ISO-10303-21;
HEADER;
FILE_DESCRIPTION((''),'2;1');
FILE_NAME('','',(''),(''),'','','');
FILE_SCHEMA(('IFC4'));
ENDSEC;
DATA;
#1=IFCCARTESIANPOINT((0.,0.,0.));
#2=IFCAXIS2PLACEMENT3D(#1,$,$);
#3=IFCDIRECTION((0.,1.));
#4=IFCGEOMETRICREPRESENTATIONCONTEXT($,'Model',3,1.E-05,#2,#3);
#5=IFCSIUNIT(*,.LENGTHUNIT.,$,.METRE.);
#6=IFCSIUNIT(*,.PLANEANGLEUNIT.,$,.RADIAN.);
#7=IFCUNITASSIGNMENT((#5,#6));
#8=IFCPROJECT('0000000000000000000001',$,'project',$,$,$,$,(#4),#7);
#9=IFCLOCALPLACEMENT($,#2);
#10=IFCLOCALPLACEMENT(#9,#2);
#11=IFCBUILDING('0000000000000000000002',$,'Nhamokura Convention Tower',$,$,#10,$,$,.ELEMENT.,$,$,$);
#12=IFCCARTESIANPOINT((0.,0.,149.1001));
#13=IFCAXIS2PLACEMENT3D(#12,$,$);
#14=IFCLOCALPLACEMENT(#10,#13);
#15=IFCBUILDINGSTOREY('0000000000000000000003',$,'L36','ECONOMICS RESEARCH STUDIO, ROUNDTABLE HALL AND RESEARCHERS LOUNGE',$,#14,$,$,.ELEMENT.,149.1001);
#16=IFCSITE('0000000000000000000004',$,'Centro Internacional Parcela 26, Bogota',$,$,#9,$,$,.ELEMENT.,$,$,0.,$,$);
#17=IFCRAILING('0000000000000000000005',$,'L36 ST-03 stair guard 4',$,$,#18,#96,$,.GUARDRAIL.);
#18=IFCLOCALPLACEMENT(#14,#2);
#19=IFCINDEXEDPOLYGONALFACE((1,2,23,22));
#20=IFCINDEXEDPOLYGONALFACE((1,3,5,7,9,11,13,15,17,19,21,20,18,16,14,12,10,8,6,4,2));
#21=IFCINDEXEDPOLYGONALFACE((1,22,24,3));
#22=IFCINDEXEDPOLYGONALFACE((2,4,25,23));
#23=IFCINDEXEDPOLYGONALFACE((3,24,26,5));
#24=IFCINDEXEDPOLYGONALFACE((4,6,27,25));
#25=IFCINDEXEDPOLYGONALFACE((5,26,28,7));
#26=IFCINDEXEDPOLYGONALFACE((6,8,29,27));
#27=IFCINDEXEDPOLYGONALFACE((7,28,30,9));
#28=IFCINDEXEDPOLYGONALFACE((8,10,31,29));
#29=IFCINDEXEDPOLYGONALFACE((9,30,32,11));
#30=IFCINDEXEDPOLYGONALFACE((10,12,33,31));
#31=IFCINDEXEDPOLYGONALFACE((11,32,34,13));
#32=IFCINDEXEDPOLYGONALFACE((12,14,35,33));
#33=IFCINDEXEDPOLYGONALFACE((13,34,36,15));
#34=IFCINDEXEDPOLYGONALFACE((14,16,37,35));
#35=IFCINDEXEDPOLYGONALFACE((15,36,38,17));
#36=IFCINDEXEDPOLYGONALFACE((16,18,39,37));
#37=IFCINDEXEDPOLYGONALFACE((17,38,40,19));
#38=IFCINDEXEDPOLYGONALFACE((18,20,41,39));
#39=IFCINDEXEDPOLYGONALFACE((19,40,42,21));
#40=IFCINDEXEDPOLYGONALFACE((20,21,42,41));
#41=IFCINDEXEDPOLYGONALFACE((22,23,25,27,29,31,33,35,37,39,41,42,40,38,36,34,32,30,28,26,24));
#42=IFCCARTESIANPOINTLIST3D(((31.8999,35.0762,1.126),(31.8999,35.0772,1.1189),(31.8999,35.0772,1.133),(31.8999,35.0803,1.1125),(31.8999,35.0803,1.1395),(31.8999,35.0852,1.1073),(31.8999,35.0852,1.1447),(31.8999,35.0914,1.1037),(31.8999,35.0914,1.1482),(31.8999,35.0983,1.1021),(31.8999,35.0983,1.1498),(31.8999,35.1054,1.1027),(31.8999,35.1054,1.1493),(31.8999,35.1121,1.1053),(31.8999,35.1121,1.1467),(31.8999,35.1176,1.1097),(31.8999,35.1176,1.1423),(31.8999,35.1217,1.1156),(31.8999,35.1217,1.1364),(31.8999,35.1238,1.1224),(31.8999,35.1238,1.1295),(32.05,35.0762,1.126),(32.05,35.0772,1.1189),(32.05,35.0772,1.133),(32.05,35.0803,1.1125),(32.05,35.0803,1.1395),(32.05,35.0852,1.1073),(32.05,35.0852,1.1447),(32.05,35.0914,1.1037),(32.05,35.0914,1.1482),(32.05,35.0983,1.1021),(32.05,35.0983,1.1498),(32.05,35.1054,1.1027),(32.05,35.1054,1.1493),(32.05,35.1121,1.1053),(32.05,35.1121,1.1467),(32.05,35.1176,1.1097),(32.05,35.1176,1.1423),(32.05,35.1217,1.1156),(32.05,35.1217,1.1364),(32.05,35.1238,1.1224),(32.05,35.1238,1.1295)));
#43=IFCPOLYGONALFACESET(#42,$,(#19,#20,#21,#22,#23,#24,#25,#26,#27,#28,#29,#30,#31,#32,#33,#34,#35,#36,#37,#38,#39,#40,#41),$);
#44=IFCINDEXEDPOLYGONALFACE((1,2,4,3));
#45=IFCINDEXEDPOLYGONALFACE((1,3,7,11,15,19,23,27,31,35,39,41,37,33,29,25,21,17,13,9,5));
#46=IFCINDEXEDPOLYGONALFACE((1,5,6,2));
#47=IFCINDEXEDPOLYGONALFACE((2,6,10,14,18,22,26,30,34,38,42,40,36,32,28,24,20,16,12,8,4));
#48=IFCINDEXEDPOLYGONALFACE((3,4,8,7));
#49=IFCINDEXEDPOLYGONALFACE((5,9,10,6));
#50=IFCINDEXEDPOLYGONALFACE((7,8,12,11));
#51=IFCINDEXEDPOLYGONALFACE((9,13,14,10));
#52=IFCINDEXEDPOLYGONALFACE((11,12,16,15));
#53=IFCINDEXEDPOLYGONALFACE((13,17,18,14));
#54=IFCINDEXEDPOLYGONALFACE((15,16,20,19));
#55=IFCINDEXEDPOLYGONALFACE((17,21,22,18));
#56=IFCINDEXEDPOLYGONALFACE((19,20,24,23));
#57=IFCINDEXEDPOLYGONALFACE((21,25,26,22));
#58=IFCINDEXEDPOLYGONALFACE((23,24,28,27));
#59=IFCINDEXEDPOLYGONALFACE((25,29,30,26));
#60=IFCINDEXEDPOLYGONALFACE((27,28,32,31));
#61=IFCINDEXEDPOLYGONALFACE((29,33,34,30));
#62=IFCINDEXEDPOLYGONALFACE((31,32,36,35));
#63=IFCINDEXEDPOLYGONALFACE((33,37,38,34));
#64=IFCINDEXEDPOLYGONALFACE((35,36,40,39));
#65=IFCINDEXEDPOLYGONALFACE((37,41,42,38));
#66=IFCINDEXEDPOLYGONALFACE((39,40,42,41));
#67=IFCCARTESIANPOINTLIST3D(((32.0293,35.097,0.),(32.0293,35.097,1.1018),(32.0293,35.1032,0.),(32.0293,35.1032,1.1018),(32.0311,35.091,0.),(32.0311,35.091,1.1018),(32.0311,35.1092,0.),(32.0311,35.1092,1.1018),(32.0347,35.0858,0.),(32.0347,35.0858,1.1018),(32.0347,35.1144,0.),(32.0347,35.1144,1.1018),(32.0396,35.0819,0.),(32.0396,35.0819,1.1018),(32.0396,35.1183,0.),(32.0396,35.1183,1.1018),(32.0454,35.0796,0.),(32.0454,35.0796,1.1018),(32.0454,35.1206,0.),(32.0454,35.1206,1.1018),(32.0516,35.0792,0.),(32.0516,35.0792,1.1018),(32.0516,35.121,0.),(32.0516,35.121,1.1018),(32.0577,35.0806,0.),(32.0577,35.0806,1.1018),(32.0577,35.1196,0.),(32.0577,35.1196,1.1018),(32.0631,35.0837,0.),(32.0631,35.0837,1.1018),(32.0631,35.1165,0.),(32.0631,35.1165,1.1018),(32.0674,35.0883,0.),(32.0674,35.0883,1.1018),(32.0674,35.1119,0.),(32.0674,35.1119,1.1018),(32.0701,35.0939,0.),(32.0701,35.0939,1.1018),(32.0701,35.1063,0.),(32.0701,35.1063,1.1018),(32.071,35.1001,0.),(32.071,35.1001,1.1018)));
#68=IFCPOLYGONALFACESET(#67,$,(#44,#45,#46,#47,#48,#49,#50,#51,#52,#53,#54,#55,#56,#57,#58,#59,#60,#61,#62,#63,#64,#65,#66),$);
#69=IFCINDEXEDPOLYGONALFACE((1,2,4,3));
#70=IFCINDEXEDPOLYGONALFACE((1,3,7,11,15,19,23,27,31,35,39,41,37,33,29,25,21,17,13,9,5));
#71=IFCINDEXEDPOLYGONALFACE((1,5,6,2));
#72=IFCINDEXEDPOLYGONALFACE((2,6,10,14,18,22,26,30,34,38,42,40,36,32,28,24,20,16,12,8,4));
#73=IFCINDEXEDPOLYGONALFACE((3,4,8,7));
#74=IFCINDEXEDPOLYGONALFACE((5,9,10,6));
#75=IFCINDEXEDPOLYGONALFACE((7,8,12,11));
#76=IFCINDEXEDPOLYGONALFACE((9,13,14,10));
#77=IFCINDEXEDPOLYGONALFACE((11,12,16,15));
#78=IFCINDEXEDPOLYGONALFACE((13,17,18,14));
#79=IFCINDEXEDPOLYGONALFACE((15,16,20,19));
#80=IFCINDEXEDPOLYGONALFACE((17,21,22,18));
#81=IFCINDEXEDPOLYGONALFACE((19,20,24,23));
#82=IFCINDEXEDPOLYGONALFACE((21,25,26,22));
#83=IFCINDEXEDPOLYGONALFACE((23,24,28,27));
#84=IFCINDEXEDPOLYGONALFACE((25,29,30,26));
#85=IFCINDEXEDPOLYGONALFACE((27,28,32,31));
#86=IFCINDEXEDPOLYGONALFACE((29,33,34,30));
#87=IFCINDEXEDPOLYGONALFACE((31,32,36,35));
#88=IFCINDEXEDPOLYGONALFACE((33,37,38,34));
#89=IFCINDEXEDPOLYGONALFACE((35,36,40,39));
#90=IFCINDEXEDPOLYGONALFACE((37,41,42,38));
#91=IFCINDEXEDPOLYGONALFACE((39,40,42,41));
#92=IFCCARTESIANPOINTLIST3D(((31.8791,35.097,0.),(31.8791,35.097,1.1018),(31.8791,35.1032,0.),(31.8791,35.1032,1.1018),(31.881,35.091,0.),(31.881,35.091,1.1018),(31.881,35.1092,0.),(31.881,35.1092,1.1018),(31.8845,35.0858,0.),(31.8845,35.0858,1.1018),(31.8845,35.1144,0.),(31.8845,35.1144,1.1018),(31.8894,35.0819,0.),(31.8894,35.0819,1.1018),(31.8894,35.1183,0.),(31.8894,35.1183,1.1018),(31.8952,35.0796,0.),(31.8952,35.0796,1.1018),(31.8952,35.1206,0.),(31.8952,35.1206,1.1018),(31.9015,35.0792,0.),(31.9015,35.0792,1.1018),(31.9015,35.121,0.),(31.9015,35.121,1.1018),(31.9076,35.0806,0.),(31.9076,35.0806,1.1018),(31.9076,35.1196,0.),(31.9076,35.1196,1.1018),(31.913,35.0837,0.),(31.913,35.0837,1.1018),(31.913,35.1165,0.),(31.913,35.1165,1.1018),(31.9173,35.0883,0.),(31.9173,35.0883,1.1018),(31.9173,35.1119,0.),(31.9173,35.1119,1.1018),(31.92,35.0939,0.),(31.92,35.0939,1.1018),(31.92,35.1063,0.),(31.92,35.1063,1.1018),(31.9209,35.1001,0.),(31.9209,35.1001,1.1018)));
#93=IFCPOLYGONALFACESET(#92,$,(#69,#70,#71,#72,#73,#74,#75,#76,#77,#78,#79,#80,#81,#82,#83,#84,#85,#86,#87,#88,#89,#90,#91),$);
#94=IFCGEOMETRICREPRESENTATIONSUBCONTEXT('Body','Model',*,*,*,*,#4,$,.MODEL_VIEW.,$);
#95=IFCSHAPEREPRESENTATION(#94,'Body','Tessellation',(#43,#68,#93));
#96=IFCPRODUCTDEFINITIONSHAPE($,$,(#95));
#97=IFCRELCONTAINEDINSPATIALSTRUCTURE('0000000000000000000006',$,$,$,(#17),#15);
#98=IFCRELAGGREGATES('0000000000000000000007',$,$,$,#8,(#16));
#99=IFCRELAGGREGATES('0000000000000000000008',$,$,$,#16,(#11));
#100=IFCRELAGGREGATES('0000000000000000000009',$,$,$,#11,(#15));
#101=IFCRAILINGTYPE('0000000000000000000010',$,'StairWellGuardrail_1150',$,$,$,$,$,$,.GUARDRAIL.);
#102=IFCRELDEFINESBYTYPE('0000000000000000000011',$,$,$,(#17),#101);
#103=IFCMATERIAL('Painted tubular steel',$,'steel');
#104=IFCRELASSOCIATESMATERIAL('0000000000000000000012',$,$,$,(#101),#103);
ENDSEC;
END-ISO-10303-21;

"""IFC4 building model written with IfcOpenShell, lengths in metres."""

from ifc_helpers import new_model, si_unit, direction, frame, origin, origin_2d, place, context, subcontext, project, spatial, circle, extrude, material, type_object, element, save


model = new_model("IFC4")

# Units and contexts
model_context = context("Model", 3, precision=1e-05, world=origin(), true_north=direction((0.0, 1.0)))
body_context = subcontext(model_context, "Body", "Model", "MODEL_VIEW")
ifc_project = project(units=[si_unit("LENGTHUNIT", "METRE"), si_unit("PLANEANGLEUNIT", "RADIAN")], contexts=[model_context])

# Site, building, storey
site_placement = place(None, origin())
site = spatial("IfcSite", under=ifc_project, at=site_placement, Name="Centro Internacional Parcela 26, Bogota", CompositionType="ELEMENT", RefElevation=0.0)
building_placement = place(site_placement, origin())
building = spatial("IfcBuilding", under=site, at=building_placement, Name="Nhamokura Convention Tower", CompositionType="ELEMENT")
storey_placement = place(building_placement, frame((0.0, 0.0, 149.1001)))
storey = spatial("IfcBuildingStorey", under=building, at=storey_placement, Name="L36", Description="ECONOMICS RESEARCH STUDIO, ROUNDTABLE HALL AND RESEARCHERS LOUNGE", CompositionType="ELEMENT", Elevation=149.1001)

# Railing
ifc_material_1 = material(Name="Painted tubular steel", Category="steel")
railing_type_1 = type_object("IfcRailingType", Name="StairWellGuardrail_1150", PredefinedType="GUARDRAIL", material=ifc_material_1)
railing_1_placement = place(storey_placement, frame((32.05, 35.1001, 0.0)))
element("IfcRailing", 1, at=railing_1_placement, inside=storey, type_object=railing_type_1, Name="L36 ST-03 stair guard 4", PredefinedType="GUARDRAIL", context=body_context, shape_type="SweptSolid", body=[
    extrude(circle(Radius=0.0239, at=origin_2d()), frame((0.0, 0.0, 1.126), z_axis=(-1.0, 0.0, 0.0), x_axis=(0.0, -1.0, 0.0)), (0.0, 0.0, 1.0), 0.1501),
    extrude(circle(Radius=0.021, at=origin_2d()), origin(), (0.0, 0.0, 1.0), 1.1018),
    extrude(circle(Radius=0.021, at=origin_2d()), frame((-0.1501, 0.0, 0.0)), (0.0, 0.0, 1.0), 1.1018),
])

save(model, "model.ifc")
